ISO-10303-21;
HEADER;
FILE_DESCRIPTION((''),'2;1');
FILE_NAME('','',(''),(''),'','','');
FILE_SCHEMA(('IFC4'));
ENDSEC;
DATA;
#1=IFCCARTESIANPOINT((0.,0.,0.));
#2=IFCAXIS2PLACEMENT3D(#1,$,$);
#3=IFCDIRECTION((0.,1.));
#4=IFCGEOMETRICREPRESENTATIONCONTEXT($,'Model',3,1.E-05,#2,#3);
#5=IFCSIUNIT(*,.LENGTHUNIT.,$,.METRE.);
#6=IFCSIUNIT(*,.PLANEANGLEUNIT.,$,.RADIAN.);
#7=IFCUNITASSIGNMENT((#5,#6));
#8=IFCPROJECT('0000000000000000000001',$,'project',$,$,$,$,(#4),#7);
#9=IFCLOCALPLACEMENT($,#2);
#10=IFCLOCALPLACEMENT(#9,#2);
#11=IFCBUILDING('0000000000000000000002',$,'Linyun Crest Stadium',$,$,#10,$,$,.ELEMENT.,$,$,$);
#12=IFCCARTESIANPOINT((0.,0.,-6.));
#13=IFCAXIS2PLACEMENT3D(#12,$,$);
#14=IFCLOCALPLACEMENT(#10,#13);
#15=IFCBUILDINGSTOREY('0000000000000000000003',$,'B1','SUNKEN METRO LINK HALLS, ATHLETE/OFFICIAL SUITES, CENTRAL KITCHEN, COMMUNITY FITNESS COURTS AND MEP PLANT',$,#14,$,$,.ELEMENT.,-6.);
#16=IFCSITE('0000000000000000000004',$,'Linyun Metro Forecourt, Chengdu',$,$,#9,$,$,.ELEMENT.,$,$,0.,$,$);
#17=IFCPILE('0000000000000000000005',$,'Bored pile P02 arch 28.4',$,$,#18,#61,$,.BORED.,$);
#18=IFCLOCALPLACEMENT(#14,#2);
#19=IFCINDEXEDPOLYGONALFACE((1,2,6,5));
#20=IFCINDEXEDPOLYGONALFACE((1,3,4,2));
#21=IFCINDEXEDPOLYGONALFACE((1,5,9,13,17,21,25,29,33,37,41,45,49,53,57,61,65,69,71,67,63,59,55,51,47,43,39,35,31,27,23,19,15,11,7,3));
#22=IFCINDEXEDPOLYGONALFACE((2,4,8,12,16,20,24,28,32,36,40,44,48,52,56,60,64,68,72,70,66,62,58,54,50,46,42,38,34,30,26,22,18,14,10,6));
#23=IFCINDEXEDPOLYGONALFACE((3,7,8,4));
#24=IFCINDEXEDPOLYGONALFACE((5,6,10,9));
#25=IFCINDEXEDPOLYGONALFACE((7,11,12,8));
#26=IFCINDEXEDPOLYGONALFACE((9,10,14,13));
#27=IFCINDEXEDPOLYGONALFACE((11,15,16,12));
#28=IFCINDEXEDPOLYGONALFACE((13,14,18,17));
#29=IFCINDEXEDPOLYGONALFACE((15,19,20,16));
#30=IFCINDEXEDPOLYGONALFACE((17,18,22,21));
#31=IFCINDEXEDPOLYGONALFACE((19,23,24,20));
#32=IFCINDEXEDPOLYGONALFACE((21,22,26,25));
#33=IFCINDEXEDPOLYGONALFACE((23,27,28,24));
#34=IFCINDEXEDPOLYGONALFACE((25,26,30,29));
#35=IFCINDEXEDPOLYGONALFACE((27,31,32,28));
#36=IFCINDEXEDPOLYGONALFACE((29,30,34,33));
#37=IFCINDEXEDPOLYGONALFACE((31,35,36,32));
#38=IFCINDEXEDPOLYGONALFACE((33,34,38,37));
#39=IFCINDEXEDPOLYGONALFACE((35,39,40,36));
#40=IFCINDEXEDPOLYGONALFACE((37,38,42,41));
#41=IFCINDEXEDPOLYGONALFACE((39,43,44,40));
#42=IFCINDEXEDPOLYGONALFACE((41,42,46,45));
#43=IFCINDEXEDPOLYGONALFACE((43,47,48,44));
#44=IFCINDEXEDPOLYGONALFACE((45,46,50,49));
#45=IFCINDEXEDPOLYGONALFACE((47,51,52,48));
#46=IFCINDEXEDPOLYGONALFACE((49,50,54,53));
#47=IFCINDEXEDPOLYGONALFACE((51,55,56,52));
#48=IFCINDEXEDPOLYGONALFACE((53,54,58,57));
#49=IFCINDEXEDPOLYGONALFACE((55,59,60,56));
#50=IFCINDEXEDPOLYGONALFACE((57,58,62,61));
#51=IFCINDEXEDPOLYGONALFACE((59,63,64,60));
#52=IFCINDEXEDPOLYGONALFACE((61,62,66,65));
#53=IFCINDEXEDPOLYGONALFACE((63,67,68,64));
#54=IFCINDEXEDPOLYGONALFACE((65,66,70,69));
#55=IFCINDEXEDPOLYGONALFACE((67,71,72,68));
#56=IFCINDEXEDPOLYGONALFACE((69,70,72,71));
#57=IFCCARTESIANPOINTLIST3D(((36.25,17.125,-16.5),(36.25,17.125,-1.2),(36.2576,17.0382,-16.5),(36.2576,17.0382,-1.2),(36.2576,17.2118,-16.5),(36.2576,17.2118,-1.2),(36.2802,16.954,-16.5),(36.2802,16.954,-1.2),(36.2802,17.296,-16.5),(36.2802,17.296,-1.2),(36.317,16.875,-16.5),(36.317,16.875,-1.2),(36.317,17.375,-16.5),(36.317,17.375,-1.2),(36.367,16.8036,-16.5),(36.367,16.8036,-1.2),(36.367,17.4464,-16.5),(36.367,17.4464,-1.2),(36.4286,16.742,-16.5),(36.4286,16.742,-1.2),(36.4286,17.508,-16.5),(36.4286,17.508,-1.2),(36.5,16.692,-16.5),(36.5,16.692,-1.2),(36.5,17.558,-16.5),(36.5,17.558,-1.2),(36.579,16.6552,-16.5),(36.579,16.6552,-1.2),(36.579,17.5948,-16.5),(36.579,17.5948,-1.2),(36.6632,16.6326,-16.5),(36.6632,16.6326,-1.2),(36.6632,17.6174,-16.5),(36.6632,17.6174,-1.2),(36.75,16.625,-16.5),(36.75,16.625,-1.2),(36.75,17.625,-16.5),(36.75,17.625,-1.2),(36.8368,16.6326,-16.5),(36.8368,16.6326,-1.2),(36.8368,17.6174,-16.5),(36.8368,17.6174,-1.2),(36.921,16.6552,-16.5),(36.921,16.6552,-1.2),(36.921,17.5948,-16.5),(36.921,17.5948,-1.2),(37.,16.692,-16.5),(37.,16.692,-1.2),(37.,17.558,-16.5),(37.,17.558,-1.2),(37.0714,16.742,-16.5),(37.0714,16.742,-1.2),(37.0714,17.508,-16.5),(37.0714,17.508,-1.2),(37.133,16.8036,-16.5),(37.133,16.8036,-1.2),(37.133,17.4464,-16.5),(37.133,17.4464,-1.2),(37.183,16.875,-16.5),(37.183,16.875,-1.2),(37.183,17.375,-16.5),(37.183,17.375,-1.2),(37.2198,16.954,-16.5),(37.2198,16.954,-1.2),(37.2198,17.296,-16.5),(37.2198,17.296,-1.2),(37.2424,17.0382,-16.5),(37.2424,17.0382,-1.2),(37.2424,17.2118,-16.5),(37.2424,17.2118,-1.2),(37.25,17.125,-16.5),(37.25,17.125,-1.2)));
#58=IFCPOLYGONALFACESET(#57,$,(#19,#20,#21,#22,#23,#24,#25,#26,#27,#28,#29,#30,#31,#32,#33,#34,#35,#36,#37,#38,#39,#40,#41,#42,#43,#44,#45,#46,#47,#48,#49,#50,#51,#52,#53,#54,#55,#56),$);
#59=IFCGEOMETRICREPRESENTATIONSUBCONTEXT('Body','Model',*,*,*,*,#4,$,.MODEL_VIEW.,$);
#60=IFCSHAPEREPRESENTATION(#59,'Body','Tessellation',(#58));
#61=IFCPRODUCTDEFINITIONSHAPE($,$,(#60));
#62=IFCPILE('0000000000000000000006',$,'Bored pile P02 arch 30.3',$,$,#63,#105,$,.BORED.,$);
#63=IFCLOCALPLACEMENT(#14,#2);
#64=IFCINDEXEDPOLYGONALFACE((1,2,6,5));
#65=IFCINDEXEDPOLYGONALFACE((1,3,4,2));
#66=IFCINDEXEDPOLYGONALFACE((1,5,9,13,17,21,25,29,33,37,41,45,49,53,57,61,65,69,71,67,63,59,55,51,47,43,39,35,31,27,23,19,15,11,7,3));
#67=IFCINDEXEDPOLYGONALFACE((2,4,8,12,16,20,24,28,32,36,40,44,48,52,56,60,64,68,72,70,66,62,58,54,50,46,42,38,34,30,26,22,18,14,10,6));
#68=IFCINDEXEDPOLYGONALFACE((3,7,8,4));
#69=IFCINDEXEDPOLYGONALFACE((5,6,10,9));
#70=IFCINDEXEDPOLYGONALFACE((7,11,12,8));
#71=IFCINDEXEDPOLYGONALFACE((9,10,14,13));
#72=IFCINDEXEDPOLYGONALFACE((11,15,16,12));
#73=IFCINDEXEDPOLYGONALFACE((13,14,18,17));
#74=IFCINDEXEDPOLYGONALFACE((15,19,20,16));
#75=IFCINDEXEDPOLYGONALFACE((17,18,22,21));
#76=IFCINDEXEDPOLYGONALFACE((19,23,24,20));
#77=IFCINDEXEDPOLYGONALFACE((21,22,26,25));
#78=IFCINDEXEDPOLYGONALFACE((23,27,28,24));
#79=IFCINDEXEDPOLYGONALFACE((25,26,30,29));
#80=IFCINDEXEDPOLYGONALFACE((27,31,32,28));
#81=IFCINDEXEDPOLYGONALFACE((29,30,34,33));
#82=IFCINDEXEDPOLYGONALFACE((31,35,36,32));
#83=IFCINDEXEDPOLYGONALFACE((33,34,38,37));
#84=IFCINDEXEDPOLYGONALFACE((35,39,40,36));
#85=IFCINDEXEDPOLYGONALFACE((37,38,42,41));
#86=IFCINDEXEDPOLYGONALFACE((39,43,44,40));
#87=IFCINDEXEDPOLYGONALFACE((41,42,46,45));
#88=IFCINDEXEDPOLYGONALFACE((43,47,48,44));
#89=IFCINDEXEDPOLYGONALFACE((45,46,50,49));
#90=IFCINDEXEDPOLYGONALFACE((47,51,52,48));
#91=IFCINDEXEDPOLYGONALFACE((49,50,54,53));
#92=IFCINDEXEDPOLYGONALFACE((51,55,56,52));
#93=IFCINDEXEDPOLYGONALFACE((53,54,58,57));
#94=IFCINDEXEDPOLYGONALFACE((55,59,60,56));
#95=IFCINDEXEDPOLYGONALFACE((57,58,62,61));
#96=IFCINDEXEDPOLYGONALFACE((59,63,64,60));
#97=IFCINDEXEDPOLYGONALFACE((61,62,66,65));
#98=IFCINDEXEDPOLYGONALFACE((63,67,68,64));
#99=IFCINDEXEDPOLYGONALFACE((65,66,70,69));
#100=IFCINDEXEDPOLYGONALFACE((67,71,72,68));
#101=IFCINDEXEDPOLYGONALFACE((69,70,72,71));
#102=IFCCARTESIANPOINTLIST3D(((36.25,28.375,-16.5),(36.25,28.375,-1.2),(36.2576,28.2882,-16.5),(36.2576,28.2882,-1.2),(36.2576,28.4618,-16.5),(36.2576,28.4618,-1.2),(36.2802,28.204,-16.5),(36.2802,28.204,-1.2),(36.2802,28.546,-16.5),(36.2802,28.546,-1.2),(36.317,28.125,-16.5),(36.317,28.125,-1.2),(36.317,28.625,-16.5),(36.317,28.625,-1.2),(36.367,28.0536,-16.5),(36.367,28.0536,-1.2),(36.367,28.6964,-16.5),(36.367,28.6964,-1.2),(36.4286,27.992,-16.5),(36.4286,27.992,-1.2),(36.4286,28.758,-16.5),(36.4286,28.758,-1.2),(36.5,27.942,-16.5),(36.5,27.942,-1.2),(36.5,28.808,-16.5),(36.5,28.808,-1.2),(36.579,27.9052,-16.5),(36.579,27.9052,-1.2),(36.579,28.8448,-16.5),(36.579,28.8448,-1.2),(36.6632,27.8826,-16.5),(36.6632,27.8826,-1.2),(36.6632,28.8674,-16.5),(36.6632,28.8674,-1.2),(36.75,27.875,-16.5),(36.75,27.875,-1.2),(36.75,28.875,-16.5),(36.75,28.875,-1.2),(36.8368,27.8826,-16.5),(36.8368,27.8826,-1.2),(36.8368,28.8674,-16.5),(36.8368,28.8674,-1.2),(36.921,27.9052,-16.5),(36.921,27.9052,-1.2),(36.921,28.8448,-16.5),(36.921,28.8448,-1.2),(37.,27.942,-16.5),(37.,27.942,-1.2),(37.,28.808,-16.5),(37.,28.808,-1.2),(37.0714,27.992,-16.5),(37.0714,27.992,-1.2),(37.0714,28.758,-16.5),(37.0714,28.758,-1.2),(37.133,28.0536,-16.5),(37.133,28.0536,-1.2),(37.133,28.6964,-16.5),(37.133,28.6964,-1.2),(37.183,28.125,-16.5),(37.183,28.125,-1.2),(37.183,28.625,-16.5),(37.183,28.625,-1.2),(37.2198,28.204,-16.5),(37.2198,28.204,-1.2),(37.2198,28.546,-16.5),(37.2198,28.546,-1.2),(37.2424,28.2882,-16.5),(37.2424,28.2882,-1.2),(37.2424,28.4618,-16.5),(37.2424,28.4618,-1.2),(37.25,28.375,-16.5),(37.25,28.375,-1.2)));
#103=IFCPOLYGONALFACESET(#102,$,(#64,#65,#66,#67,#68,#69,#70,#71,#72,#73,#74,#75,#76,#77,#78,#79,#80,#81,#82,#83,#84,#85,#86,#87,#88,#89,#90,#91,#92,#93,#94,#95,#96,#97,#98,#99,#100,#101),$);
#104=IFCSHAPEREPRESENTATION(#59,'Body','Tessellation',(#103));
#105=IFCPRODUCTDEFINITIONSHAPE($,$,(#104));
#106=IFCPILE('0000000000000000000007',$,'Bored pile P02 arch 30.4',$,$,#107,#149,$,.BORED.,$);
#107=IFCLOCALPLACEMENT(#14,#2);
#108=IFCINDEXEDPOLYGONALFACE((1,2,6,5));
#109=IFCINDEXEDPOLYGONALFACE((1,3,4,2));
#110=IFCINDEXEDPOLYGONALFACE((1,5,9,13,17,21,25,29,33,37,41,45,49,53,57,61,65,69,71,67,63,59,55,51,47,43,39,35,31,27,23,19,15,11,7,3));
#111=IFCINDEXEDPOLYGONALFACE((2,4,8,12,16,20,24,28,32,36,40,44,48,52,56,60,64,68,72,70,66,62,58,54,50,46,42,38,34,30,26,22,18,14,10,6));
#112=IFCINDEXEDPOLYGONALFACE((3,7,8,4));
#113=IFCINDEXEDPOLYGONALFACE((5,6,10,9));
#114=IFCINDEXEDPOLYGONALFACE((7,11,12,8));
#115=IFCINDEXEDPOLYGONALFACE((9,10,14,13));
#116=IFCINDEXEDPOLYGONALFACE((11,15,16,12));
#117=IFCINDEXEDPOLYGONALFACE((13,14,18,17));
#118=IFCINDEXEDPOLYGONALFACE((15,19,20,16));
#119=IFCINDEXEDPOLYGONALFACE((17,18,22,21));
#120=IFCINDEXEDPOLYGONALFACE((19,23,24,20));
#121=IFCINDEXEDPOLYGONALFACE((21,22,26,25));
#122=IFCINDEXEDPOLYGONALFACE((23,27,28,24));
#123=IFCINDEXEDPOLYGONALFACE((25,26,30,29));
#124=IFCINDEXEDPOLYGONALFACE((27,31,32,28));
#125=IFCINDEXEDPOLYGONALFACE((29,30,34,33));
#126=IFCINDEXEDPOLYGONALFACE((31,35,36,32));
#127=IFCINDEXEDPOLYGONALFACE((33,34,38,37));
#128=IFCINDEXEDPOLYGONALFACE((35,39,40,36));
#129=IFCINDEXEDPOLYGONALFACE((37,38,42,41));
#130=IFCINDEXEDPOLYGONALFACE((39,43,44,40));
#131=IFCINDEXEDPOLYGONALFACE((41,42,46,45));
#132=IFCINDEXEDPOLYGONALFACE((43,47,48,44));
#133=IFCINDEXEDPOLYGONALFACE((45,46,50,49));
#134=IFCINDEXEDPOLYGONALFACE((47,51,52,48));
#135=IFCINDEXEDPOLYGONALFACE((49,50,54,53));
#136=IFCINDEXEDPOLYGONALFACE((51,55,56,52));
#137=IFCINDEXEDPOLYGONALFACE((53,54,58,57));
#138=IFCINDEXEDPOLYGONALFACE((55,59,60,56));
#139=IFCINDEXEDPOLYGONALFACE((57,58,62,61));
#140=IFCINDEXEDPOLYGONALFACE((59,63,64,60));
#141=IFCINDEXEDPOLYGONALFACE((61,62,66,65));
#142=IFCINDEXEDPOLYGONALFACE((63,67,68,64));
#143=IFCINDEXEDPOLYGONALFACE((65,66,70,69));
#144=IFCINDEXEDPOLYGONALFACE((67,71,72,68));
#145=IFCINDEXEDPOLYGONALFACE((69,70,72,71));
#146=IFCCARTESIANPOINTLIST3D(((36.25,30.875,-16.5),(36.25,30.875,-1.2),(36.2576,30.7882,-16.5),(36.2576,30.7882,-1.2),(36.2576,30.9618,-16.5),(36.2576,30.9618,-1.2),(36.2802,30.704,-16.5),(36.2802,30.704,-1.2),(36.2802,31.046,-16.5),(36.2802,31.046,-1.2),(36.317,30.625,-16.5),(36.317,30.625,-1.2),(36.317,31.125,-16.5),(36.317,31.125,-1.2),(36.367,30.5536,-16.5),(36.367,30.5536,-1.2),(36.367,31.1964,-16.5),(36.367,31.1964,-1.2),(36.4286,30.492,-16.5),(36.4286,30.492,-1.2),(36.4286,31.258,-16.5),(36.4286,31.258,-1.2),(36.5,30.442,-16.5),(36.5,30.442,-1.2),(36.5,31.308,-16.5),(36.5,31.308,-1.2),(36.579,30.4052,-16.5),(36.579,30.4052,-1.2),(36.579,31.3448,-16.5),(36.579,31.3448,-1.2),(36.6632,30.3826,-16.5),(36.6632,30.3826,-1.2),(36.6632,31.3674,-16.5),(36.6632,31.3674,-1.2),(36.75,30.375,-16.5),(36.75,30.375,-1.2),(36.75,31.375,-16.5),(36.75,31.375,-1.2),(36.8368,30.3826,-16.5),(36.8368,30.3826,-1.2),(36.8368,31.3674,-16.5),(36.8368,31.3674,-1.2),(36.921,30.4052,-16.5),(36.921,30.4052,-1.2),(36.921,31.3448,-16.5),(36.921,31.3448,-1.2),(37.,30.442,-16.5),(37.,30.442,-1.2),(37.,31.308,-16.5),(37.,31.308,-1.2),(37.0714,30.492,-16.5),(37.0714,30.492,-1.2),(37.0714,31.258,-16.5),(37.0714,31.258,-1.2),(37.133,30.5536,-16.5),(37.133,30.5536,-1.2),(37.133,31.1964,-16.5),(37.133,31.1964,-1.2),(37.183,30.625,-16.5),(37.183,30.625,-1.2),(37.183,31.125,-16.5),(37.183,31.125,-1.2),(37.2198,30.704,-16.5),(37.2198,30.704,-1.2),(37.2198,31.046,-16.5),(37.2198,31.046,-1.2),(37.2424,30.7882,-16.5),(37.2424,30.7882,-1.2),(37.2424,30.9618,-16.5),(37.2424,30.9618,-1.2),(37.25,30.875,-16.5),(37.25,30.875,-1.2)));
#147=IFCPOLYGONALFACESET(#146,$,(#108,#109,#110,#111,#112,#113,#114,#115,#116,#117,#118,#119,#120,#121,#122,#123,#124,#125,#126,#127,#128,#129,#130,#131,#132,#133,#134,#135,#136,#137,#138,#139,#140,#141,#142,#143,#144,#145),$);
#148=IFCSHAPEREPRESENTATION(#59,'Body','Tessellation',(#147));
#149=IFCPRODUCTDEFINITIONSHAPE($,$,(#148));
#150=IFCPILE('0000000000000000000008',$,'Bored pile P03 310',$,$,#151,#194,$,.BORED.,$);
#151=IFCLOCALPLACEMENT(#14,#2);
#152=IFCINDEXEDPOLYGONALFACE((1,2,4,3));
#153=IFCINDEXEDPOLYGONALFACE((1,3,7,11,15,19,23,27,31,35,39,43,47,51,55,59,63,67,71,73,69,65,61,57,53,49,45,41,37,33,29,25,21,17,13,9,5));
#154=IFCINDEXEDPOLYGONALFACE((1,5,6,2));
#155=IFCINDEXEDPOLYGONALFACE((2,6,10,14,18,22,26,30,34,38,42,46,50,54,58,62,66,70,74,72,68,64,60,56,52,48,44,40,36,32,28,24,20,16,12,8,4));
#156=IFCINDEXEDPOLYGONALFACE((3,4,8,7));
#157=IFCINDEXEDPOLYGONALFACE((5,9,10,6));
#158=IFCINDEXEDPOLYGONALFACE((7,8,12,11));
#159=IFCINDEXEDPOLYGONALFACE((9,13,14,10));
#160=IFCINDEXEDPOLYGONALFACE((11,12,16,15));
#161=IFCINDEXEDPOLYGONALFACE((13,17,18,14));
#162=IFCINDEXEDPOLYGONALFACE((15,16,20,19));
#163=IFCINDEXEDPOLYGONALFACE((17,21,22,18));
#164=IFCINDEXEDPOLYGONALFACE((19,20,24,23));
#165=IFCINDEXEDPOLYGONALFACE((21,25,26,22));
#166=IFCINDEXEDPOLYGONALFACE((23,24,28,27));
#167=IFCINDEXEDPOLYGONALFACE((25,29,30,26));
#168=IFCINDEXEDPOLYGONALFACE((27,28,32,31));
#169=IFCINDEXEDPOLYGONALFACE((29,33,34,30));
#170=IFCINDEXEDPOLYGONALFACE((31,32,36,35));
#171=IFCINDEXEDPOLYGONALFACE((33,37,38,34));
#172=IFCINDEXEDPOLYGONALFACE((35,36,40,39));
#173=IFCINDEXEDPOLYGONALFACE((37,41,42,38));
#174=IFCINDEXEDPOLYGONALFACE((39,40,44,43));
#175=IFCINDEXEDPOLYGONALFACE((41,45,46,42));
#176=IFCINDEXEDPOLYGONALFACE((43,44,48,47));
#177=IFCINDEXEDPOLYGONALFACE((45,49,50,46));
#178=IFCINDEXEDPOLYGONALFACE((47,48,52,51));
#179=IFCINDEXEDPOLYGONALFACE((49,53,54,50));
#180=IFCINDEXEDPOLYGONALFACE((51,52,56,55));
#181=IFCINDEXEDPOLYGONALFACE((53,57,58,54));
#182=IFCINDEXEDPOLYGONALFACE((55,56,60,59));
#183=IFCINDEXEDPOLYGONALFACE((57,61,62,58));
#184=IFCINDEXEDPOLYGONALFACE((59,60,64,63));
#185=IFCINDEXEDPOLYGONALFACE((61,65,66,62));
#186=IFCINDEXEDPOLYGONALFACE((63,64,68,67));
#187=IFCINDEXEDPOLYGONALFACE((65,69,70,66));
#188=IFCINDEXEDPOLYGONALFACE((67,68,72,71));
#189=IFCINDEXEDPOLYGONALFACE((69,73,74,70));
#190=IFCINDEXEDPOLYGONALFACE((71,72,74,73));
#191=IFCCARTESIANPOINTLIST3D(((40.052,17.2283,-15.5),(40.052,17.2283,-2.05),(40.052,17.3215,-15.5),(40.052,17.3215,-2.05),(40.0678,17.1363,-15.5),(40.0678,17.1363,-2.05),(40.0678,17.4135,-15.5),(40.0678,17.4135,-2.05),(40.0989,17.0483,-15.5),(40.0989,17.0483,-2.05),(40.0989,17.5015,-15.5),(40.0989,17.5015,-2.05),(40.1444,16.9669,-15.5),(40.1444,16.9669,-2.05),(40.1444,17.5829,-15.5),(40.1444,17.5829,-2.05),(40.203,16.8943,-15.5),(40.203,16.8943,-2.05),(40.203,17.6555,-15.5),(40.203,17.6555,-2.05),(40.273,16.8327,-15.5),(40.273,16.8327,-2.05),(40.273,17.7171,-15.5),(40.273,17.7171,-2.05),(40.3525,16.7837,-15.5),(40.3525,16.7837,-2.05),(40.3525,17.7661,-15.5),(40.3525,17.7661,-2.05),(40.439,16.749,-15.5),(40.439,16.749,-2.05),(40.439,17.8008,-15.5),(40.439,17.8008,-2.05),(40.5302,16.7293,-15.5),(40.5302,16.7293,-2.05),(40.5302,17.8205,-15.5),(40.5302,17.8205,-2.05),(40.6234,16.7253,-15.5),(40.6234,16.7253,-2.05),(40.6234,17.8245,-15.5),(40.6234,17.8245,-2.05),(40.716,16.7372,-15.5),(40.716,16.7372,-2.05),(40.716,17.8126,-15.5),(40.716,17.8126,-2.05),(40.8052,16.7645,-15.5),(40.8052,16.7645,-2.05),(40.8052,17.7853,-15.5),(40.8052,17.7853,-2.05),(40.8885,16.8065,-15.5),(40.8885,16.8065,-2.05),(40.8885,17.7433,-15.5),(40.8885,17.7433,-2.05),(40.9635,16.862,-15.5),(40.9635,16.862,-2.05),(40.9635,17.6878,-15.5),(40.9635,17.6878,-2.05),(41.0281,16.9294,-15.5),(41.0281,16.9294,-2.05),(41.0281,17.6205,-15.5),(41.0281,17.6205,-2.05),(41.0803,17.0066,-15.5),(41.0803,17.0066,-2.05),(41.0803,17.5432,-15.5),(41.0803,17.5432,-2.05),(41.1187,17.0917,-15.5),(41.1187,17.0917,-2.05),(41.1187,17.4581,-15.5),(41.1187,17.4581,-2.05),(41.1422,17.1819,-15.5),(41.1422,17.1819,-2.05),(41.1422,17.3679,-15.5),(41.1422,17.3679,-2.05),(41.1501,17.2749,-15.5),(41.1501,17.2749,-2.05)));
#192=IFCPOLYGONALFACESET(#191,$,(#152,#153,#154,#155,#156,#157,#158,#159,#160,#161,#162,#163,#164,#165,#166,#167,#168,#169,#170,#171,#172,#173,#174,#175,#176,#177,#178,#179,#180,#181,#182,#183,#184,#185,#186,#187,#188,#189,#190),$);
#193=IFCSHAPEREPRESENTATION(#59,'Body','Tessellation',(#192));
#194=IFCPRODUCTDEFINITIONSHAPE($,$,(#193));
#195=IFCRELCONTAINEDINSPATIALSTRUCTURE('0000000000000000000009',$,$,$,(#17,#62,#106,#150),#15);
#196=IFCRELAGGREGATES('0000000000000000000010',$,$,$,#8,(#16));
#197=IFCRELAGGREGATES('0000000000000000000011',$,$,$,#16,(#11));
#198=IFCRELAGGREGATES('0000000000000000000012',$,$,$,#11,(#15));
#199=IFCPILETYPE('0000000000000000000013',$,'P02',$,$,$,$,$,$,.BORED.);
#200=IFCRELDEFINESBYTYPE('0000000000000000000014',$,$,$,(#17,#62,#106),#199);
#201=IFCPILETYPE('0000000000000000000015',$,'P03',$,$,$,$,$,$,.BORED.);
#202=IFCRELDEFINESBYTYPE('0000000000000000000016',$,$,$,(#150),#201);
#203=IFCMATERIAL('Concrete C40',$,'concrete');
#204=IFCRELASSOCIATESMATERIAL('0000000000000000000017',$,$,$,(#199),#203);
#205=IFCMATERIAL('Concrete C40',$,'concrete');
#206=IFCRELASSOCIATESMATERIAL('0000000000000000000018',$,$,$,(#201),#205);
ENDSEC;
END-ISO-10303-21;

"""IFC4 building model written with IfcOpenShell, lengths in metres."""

from ifc_helpers import new_model, si_unit, direction, frame, origin, origin_2d, place, context, subcontext, project, spatial, circle, extrude, material, material_profile, profile_set, type_object, element, save


model = new_model("IFC4")

# Units and contexts
model_context = context("Model", 3, precision=1e-05, world=origin(), true_north=direction((0.0, 1.0)))
body_context = subcontext(model_context, "Body", "Model", "MODEL_VIEW")
ifc_project = project(units=[si_unit("LENGTHUNIT", "METRE"), si_unit("PLANEANGLEUNIT", "RADIAN")], contexts=[model_context])

# Site, building, storey
site_placement = place(None, origin())
site = spatial("IfcSite", under=ifc_project, at=site_placement, Name="Linyun Metro Forecourt, Chengdu", CompositionType="ELEMENT", RefElevation=0.0)
building_placement = place(site_placement, origin())
building = spatial("IfcBuilding", under=site, at=building_placement, Name="Linyun Crest Stadium", CompositionType="ELEMENT")
storey_placement = place(building_placement, frame((0.0, 0.0, -6.0)))
storey = spatial("IfcBuildingStorey", under=building, at=storey_placement, Name="B1", Description="SUNKEN METRO LINK HALLS, ATHLETE/OFFICIAL SUITES, CENTRAL KITCHEN, COMMUNITY FITNESS COURTS AND MEP PLANT", CompositionType="ELEMENT", Elevation=-6.0)

# Piles
ifc_material_1 = material(Name="Concrete C40", Category="concrete")
ifc_material_profile_1 = material_profile(ifc_material_1, circle(Radius=0.5, at=origin_2d()), Name="BORED PILE 1000")
ifc_profile_set_1 = profile_set([ifc_material_profile_1], Name="Concrete C40")
pile_type_1 = type_object("IfcPileType", Name="P02", PredefinedType="BORED", material=ifc_profile_set_1)
for number, where, z_axis, x_axis, name in (
    (1, (36.75, 17.125, -1.2), (0.0, 0.0, -1.0), (1.0, 0.0, 0.0), "Bored pile P02 arch 28.4"),
    (2, (36.75, 28.375, -1.2), (0.0, 0.0, -1.0), (1.0, 0.0, 0.0), "Bored pile P02 arch 30.3"),
    (3, (36.75, 30.875, -1.2), (0.0, 0.0, -1.0), (1.0, 0.0, 0.0), "Bored pile P02 arch 30.4"),
):
    element("IfcPile", number, at=place(storey_placement, frame(where, z_axis=z_axis, x_axis=x_axis)), inside=storey, type_object=pile_type_1, Name=name, PredefinedType="BORED", context=body_context, shape_type="SweptSolid", body=[
        extrude(circle(Radius=0.5, at=origin_2d()), origin(), (0.0, 0.0, 1.0), 15.3),
    ])
ifc_material_2 = material(Name="Concrete C40", Category="concrete")
ifc_material_profile_2 = material_profile(ifc_material_2, circle(Radius=0.55, at=origin_2d()), Name="BORED PILE 1100")
ifc_profile_set_2 = profile_set([ifc_material_profile_2], Name="Concrete C40")
pile_type_2 = type_object("IfcPileType", Name="P03", PredefinedType="BORED", material=ifc_profile_set_2)
for number, where, z_axis, x_axis, name in (
    (4, (40.6001, 17.2749, -2.05), (0.0, 0.0, -1.0), (1.0, 0.0, 0.0), "Bored pile P03 310"),
):
    element("IfcPile", number, at=place(storey_placement, frame(where, z_axis=z_axis, x_axis=x_axis)), inside=storey, type_object=pile_type_2, Name=name, PredefinedType="BORED", context=body_context, shape_type="SweptSolid", body=[
        extrude(circle(Radius=0.55, at=origin_2d()), origin(), (0.0, 0.0, 1.0), 13.45),
    ])

save(model, "model.ifc")
